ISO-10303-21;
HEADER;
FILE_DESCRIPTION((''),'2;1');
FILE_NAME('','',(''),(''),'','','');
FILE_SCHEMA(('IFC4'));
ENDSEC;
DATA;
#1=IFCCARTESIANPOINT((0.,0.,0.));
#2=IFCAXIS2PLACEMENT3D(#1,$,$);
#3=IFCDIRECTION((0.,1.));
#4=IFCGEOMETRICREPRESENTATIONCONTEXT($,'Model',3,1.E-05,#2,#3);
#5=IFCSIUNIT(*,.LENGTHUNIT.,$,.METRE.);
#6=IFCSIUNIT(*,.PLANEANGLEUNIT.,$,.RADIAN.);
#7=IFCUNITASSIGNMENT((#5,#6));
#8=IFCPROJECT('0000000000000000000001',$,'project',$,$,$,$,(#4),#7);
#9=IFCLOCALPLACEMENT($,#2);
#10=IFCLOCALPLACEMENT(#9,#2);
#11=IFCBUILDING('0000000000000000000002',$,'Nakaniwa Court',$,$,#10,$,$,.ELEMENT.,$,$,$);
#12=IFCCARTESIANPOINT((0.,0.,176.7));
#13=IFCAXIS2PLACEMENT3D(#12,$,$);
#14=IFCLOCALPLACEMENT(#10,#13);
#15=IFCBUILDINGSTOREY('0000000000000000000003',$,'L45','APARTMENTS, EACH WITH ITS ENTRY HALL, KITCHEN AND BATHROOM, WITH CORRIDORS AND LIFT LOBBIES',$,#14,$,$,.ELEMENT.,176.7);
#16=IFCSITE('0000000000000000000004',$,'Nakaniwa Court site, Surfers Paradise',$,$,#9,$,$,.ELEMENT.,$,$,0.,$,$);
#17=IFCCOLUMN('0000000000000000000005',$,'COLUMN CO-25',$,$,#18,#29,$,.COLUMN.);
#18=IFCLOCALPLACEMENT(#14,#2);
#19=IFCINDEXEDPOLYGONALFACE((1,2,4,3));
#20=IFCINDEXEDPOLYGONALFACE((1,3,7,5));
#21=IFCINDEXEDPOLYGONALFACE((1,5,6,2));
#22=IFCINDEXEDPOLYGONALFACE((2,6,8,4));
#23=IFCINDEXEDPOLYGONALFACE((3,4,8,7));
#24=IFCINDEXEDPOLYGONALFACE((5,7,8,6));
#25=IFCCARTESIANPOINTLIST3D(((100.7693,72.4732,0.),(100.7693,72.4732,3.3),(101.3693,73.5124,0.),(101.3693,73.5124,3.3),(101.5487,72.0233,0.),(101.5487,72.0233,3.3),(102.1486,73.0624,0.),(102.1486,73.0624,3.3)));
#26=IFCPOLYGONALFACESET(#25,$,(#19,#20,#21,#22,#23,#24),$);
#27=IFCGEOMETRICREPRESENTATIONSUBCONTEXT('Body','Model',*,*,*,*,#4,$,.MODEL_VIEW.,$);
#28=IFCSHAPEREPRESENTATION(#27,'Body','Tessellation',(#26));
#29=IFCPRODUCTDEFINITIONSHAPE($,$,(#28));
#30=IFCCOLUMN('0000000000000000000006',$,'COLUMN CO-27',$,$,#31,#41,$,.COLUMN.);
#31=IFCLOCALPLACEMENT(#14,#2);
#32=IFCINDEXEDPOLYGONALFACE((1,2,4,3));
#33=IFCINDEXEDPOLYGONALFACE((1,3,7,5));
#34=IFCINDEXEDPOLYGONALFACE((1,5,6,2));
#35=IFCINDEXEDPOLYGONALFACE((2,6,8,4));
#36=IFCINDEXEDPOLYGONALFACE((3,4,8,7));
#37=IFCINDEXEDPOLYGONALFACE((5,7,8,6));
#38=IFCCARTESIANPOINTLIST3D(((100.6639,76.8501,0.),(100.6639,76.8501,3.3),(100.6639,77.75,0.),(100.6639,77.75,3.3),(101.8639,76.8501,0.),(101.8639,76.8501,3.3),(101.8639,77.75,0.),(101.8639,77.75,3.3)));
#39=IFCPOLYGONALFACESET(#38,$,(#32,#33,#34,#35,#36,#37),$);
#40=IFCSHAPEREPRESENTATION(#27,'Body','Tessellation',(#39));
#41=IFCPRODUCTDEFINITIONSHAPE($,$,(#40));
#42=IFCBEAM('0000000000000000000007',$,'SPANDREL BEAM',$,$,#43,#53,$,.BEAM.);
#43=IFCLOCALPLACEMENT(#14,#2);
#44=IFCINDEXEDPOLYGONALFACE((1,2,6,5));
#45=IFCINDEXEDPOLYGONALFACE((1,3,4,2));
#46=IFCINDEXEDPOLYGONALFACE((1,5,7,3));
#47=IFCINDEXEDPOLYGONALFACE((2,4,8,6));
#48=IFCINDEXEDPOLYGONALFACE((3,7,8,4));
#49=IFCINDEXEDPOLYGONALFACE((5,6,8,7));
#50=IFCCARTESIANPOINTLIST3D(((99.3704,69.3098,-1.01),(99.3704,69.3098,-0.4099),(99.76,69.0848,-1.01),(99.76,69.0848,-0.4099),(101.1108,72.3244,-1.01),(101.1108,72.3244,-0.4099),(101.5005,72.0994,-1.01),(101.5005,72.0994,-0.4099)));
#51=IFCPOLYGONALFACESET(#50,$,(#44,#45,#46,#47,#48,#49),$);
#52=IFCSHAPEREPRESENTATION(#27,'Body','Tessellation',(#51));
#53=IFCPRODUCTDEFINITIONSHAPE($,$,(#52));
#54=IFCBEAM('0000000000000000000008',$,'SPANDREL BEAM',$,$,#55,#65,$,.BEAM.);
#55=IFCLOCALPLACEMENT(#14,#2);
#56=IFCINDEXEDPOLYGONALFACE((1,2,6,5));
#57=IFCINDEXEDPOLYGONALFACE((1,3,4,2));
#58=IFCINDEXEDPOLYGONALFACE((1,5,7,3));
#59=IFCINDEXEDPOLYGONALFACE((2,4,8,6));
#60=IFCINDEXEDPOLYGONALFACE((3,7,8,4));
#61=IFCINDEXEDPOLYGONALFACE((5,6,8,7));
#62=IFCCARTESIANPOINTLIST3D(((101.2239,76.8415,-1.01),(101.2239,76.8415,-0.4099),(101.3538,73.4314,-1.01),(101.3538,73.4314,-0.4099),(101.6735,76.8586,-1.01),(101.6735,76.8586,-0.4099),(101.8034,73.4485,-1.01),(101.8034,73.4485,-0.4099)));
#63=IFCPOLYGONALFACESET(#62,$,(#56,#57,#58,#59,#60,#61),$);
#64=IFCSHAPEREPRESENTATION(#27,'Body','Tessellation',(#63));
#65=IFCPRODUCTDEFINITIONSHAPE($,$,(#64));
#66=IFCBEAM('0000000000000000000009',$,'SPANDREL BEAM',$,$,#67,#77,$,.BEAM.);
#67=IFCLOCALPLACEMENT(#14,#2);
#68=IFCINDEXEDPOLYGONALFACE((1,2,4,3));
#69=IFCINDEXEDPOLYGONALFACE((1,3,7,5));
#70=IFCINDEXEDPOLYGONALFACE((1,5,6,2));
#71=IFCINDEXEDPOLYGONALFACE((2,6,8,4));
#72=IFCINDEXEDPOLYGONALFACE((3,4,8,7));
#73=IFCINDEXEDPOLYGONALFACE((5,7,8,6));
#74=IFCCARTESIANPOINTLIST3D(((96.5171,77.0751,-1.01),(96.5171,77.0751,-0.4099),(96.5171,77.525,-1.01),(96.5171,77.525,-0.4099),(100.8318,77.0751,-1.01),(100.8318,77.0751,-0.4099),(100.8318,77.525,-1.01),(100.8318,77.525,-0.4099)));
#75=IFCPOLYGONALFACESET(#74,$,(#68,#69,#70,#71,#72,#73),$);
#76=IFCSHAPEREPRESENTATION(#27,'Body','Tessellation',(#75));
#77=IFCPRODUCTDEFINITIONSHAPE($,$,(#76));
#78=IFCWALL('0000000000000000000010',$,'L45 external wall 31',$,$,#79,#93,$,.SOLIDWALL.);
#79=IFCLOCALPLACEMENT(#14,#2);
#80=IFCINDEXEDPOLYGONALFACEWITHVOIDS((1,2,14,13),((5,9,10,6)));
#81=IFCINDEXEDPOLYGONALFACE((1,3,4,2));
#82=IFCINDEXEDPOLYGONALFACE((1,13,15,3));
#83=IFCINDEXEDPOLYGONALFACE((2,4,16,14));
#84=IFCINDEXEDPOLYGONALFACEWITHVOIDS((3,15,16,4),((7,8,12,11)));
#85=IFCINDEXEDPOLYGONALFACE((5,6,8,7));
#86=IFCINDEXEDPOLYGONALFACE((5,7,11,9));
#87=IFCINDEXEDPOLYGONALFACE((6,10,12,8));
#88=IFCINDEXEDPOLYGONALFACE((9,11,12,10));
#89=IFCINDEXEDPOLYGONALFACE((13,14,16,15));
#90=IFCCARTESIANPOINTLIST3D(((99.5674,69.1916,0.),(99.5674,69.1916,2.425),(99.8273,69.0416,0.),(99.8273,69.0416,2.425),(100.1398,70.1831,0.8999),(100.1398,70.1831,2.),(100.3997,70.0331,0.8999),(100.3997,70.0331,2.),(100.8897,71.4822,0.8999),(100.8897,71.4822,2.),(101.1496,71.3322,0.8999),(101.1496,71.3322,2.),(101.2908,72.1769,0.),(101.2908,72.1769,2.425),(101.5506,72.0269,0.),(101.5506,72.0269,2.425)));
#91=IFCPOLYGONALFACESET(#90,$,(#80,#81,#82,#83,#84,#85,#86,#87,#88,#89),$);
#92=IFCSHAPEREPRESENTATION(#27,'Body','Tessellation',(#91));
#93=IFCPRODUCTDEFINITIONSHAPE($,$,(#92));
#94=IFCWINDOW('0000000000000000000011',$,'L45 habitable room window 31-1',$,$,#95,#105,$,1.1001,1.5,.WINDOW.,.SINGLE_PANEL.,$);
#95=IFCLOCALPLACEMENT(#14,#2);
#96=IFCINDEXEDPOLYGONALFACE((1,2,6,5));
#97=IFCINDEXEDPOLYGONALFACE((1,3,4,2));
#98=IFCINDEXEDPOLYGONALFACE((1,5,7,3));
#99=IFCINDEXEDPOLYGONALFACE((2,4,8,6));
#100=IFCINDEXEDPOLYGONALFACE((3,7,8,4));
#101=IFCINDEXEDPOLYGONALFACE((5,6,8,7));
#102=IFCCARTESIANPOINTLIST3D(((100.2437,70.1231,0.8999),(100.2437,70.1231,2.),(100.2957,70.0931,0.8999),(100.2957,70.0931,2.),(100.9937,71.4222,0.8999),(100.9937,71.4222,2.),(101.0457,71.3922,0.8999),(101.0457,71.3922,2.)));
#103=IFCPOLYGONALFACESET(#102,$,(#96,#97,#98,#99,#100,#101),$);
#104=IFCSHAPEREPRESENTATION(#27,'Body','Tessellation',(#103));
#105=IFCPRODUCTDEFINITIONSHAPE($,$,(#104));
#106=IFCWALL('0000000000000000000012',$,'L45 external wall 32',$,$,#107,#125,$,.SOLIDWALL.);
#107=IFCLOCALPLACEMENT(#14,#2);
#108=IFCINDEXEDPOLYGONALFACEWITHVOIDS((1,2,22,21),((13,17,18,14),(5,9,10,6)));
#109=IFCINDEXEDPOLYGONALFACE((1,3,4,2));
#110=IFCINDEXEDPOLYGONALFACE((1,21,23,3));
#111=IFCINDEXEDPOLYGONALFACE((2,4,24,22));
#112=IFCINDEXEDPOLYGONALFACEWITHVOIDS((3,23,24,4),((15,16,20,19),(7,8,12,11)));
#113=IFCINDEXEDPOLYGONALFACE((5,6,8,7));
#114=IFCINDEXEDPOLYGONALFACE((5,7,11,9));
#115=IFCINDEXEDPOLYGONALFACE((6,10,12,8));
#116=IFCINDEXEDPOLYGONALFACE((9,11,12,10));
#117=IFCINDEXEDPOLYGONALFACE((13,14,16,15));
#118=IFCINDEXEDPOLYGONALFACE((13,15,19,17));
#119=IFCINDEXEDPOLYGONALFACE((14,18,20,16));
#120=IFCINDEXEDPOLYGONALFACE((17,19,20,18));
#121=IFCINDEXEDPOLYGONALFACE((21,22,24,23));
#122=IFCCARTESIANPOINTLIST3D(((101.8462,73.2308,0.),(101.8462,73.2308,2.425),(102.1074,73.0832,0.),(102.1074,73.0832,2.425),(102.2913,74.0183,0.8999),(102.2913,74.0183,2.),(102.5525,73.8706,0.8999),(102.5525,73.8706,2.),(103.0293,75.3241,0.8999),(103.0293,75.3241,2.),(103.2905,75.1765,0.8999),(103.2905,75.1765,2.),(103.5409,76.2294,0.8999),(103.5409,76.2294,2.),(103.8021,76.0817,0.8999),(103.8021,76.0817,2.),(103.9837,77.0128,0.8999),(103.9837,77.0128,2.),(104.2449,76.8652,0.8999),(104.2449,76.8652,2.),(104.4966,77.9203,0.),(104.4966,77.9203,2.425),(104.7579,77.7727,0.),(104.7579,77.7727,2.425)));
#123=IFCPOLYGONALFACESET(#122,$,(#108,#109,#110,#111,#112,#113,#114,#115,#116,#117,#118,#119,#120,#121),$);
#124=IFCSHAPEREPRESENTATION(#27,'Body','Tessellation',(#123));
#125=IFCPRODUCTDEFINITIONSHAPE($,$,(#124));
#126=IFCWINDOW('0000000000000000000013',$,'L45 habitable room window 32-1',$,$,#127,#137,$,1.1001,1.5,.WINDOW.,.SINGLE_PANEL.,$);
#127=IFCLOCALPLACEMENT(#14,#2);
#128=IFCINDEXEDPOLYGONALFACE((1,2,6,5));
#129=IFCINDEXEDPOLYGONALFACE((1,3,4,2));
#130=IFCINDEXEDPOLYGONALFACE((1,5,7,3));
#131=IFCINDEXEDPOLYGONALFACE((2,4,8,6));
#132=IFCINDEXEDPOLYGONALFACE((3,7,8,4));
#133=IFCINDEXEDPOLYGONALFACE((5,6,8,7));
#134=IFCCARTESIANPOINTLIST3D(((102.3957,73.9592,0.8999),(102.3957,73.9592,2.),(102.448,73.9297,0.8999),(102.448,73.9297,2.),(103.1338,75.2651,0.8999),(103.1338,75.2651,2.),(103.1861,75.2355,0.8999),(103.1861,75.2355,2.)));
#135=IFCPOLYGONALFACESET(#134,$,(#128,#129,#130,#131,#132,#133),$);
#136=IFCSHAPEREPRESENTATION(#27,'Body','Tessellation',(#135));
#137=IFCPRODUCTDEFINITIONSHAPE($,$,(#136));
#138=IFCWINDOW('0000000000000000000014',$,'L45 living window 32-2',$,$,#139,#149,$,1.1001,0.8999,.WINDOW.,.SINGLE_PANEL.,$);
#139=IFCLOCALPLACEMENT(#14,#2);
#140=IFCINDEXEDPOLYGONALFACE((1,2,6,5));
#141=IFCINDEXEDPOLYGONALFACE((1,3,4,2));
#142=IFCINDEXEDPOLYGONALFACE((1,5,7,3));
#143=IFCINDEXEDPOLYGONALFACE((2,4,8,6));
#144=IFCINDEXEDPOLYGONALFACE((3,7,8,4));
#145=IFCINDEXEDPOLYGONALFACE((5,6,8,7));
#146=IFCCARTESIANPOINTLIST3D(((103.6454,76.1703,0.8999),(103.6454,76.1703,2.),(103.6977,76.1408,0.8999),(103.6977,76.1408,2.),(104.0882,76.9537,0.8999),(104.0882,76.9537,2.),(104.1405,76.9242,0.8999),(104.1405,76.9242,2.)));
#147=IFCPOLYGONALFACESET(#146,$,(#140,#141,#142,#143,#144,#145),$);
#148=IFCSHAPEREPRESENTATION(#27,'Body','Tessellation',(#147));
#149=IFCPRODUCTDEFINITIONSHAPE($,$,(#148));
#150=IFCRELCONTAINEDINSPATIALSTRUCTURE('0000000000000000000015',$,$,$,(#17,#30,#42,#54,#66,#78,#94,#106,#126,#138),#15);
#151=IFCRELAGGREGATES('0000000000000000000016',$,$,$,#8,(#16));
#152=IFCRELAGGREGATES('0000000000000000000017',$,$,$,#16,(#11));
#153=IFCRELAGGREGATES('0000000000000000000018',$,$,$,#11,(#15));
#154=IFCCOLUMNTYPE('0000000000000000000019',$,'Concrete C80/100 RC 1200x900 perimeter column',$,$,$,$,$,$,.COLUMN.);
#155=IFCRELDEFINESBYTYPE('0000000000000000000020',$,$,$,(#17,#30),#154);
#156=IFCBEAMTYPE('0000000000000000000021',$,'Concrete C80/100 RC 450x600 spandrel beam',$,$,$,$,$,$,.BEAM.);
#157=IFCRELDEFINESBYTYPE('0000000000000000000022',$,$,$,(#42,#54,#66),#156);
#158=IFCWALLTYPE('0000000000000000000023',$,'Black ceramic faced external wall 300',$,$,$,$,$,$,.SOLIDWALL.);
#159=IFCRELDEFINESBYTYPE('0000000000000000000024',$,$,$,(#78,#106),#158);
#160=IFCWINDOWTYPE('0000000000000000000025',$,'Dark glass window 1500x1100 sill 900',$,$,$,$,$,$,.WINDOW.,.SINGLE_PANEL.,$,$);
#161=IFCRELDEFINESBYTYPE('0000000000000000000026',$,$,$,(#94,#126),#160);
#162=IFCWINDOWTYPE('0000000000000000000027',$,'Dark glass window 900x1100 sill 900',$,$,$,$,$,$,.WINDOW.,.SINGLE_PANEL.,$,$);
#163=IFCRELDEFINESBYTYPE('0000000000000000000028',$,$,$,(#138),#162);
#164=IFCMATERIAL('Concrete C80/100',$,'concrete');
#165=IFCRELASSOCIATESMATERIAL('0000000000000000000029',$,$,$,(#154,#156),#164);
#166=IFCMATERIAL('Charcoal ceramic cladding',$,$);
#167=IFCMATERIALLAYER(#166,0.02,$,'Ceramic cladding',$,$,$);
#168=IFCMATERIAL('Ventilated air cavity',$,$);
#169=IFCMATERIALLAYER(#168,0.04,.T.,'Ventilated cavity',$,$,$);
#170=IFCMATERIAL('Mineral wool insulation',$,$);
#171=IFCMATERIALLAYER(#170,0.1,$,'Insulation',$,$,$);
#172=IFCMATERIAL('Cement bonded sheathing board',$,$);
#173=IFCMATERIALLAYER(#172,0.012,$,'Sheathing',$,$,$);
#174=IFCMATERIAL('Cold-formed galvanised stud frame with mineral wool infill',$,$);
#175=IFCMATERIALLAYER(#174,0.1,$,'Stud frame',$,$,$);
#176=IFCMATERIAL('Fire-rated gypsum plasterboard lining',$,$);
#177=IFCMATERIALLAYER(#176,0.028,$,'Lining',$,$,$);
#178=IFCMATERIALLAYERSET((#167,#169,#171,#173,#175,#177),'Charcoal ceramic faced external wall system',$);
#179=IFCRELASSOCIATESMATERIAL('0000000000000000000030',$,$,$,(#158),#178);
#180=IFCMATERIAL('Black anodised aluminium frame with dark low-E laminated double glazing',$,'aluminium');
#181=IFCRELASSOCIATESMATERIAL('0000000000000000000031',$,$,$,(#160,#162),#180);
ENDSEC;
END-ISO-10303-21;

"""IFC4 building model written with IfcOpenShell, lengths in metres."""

from ifc_helpers import new_model, si_unit, direction, frame, frame_2d, origin, origin_2d, place, context, subcontext, project, spatial, rectangle, extrude, material, layer, layer_set, material_profile, profile_set, type_object, element, fill, save


model = new_model("IFC4")

# Units and contexts
model_context = context("Model", 3, precision=1e-05, world=origin(), true_north=direction((0.0, 1.0)))
body_context = subcontext(model_context, "Body", "Model", "MODEL_VIEW")
ifc_project = project(units=[si_unit("LENGTHUNIT", "METRE"), si_unit("PLANEANGLEUNIT", "RADIAN")], contexts=[model_context])

# Site, building, storey
site_placement = place(None, origin())
site = spatial("IfcSite", under=ifc_project, at=site_placement, Name="Nakaniwa Court site, Surfers Paradise", CompositionType="ELEMENT", RefElevation=0.0)
building_placement = place(site_placement, origin())
building = spatial("IfcBuilding", under=site, at=building_placement, Name="Nakaniwa Court", CompositionType="ELEMENT")
storey_placement = place(building_placement, frame((0.0, 0.0, 176.7)))
storey = spatial("IfcBuildingStorey", under=building, at=storey_placement, Name="L45", Description="APARTMENTS, EACH WITH ITS ENTRY HALL, KITCHEN AND BATHROOM, WITH CORRIDORS AND LIFT LOBBIES", CompositionType="ELEMENT", Elevation=176.7)

# Columns
ifc_material_1 = material(Name="Concrete C80/100", Category="concrete")
ifc_material_profile_1 = material_profile(ifc_material_1, rectangle(XDim=1.2, YDim=0.8999, at=origin_2d()), Name="Concrete C80/100 RC 1200x900 perimeter column")
ifc_profile_set_1 = profile_set([ifc_material_profile_1], Name="Concrete C80/100")
column_type = type_object("IfcColumnType", Name="Concrete C80/100 RC 1200x900 perimeter column", PredefinedType="COLUMN", material=ifc_profile_set_1)
for number, where, z_axis, x_axis, name in (
    (1, (101.459, 72.7678, 0.0), (0.0, 0.0, 1.0), (0.5, 0.866025, 0.0), "COLUMN CO-25"),
    (2, (101.2639, 77.3, 0.0), (0.0, 0.0, 1.0), (-1.0, 0.0, 0.0), "COLUMN CO-27"),
):
    element("IfcColumn", number, at=place(storey_placement, frame(where, z_axis=z_axis, x_axis=x_axis)), inside=storey, type_object=column_type, Name=name, PredefinedType="COLUMN", context=body_context, shape_type="SweptSolid", body=[
        extrude(rectangle(XDim=1.2, YDim=0.8999, at=origin_2d()), origin(), (0.0, 0.0, 1.0), 3.3),
    ])

# Beams
ifc_material_profile_2 = material_profile(ifc_material_1, rectangle(XDim=0.45, YDim=0.6001, at=origin_2d()), Name="Concrete C80/100 RC 450x600 spandrel beam")
ifc_profile_set_2 = profile_set([ifc_material_profile_2], Name="Concrete C80/100")
beam_type = type_object("IfcBeamType", Name="Concrete C80/100 RC 450x600 spandrel beam", PredefinedType="BEAM", material=ifc_profile_set_2)
beam_1_placement = place(storey_placement, frame((99.5652, 69.1973, -0.71), z_axis=(0.499994, 0.866029, 0.0), x_axis=(-0.866029, 0.499994, 0.0)))
element("IfcBeam", 3, at=beam_1_placement, inside=storey, type_object=beam_type, Name="SPANDREL BEAM", PredefinedType="BEAM", context=body_context, shape_type="SweptSolid", body=[
    extrude(rectangle(XDim=0.45, YDim=0.6001, at=origin_2d()), origin(), (0.0, 0.0, 1.0), 3.481),
])
beam_2_placement = place(storey_placement, frame((101.5786, 73.4399, -0.71), z_axis=(-0.038059, 0.999275, 0.0), x_axis=(-0.999275, -0.038059, 0.0)))
element("IfcBeam", 4, at=beam_2_placement, inside=storey, type_object=beam_type, Name="SPANDREL BEAM", PredefinedType="BEAM", context=body_context, shape_type="SweptSolid", body=[
    extrude(rectangle(XDim=0.45, YDim=0.6001, at=origin_2d()), origin(), (0.0, 0.0, 1.0), 3.4126),
])
beam_3_placement = place(storey_placement, frame((100.8318, 77.3, -0.71), z_axis=(-1.0, 0.0, 0.0), x_axis=(0.0, -1.0, 0.0)))
element("IfcBeam", 5, at=beam_3_placement, inside=storey, type_object=beam_type, Name="SPANDREL BEAM", PredefinedType="BEAM", context=body_context, shape_type="SweptSolid", body=[
    extrude(rectangle(XDim=0.45, YDim=0.6001, at=origin_2d()), origin(), (0.0, 0.0, 1.0), 4.3147),
])

# Wall, opening, window
ifc_material_2 = material(Name="Charcoal ceramic cladding")
ifc_layer_1 = layer(ifc_material_2, 0.02, Name="Ceramic cladding")
ifc_material_3 = material(Name="Ventilated air cavity")
ifc_layer_2 = layer(ifc_material_3, 0.04, ventilated=True, Name="Ventilated cavity")
ifc_material_4 = material(Name="Mineral wool insulation")
ifc_layer_3 = layer(ifc_material_4, 0.1, Name="Insulation")
ifc_material_5 = material(Name="Cement bonded sheathing board")
ifc_layer_4 = layer(ifc_material_5, 0.012, Name="Sheathing")
ifc_material_6 = material(Name="Cold-formed galvanised stud frame with mineral wool infill")
ifc_layer_5 = layer(ifc_material_6, 0.1, Name="Stud frame")
ifc_material_7 = material(Name="Fire-rated gypsum plasterboard lining")
ifc_layer_6 = layer(ifc_material_7, 0.028, Name="Lining")
ifc_layer_set_1 = layer_set([ifc_layer_1, ifc_layer_2, ifc_layer_3, ifc_layer_4, ifc_layer_5, ifc_layer_6], Name="Charcoal ceramic faced external wall system")
wall_type_1 = type_object("IfcWallType", Name="Black ceramic faced external wall 300", PredefinedType="SOLIDWALL", material=ifc_layer_set_1)
wall_1_placement = place(storey_placement, frame((99.6973, 69.1165, 0.0), z_axis=(0.0, 0.0, 1.0), x_axis=(0.499955, 0.866051, 0.0)))
wall_1 = element("IfcWall", 6, at=wall_1_placement, inside=storey, type_object=wall_type_1, Name="L45 external wall 31", PredefinedType="SOLIDWALL", context=body_context, shape_type="SweptSolid", body=[
    extrude(rectangle(XDim=3.447, YDim=0.3, at=frame_2d((1.7236, 0.0))), origin(), (0.0, 0.0, 1.0), 2.425),
])
opening_1_placement = place(wall_1_placement, frame((1.145, 0.0, 0.8999)))
opening_1 = element("IfcOpeningElement", 7, at=opening_1_placement, cuts=wall_1, PredefinedType="OPENING", context=body_context, shape_type="SweptSolid", body=[
    extrude(rectangle(XDim=1.5, YDim=1.1001, at=frame_2d((0.75, 0.55))), frame((0.0, 0.1599, 0.0), z_axis=(0.0, -1.0, 0.0), x_axis=(1.0, 0.0, 0.0)), (0.0, 0.0, 1.0), 0.3201),
])
ifc_material_8 = material(Name="Black anodised aluminium frame with dark low-E laminated double glazing", Category="aluminium")
window_type_1 = type_object("IfcWindowType", Name="Dark glass window 1500x1100 sill 900", PartitioningType="SINGLE_PANEL", PredefinedType="WINDOW", material=ifc_material_8)
window_1_placement = place(opening_1_placement, origin())
window_1 = element("IfcWindow", 8, at=window_1_placement, inside=storey, type_object=window_type_1, Name="L45 habitable room window 31-1", OverallHeight=1.1001, OverallWidth=1.5, PartitioningType="SINGLE_PANEL", PredefinedType="WINDOW", context=body_context, shape_type="SweptSolid", body=[
    extrude(rectangle(XDim=1.5, YDim=1.1001, at=frame_2d((0.75, 0.55))), frame((0.0, 0.03, 0.0), z_axis=(0.0, -1.0, 0.0), x_axis=(1.0, 0.0, 0.0)), (0.0, 0.0, 1.0), 0.0601),
])
fill(opening_1, window_1)

# Wall, openings, windows
wall_2_placement = place(storey_placement, frame((101.9768, 73.157, 0.0), z_axis=(0.0, 0.0, 1.0), x_axis=(0.492033, 0.870576, 0.0)))
wall_2 = element("IfcWall", 9, at=wall_2_placement, inside=storey, type_object=wall_type_1, Name="L45 external wall 32", PredefinedType="SOLIDWALL", context=body_context, shape_type="SweptSolid", body=[
    extrude(rectangle(XDim=5.3867, YDim=0.3, at=frame_2d((2.6934, 0.0))), origin(), (0.0, 0.0, 1.0), 2.425),
])
opening_2_placement = place(wall_2_placement, frame((0.9045, 0.0, 0.8999)))
opening_2 = element("IfcOpeningElement", 10, at=opening_2_placement, cuts=wall_2, PredefinedType="OPENING", context=body_context, shape_type="SweptSolid", body=[
    extrude(rectangle(XDim=1.5, YDim=1.1001, at=frame_2d((0.75, 0.55))), frame((0.0, 0.1599, 0.0), z_axis=(0.0, -1.0, 0.0), x_axis=(1.0, 0.0, 0.0)), (0.0, 0.0, 1.0), 0.3201),
])
opening_3_placement = place(wall_2_placement, frame((3.4443, 0.0, 0.8999)))
opening_3 = element("IfcOpeningElement", 11, at=opening_3_placement, cuts=wall_2, PredefinedType="OPENING", context=body_context, shape_type="SweptSolid", body=[
    extrude(rectangle(XDim=0.8999, YDim=1.1001, at=frame_2d((0.45, 0.55))), frame((0.0, 0.1599, 0.0), z_axis=(0.0, -1.0, 0.0), x_axis=(1.0, 0.0, 0.0)), (0.0, 0.0, 1.0), 0.3201),
])
window_2_placement = place(opening_2_placement, origin())
window_2 = element("IfcWindow", 12, at=window_2_placement, inside=storey, type_object=window_type_1, Name="L45 habitable room window 32-1", OverallHeight=1.1001, OverallWidth=1.5, PartitioningType="SINGLE_PANEL", PredefinedType="WINDOW", context=body_context, shape_type="SweptSolid", body=[
    extrude(rectangle(XDim=1.5, YDim=1.1001, at=frame_2d((0.75, 0.55))), frame((0.0, 0.03, 0.0), z_axis=(0.0, -1.0, 0.0), x_axis=(1.0, 0.0, 0.0)), (0.0, 0.0, 1.0), 0.0601),
])
fill(opening_2, window_2)
window_type_2 = type_object("IfcWindowType", Name="Dark glass window 900x1100 sill 900", PartitioningType="SINGLE_PANEL", PredefinedType="WINDOW", material=ifc_material_8)
window_3_placement = place(opening_3_placement, origin())
window_3 = element("IfcWindow", 13, at=window_3_placement, inside=storey, type_object=window_type_2, Name="L45 living window 32-2", OverallHeight=1.1001, OverallWidth=0.8999, PartitioningType="SINGLE_PANEL", PredefinedType="WINDOW", context=body_context, shape_type="SweptSolid", body=[
    extrude(rectangle(XDim=0.8999, YDim=1.1001, at=frame_2d((0.45, 0.55))), frame((0.0, 0.03, 0.0), z_axis=(0.0, -1.0, 0.0), x_axis=(1.0, 0.0, 0.0)), (0.0, 0.0, 1.0), 0.0601),
])
fill(opening_3, window_3)

save(model, "model.ifc")
